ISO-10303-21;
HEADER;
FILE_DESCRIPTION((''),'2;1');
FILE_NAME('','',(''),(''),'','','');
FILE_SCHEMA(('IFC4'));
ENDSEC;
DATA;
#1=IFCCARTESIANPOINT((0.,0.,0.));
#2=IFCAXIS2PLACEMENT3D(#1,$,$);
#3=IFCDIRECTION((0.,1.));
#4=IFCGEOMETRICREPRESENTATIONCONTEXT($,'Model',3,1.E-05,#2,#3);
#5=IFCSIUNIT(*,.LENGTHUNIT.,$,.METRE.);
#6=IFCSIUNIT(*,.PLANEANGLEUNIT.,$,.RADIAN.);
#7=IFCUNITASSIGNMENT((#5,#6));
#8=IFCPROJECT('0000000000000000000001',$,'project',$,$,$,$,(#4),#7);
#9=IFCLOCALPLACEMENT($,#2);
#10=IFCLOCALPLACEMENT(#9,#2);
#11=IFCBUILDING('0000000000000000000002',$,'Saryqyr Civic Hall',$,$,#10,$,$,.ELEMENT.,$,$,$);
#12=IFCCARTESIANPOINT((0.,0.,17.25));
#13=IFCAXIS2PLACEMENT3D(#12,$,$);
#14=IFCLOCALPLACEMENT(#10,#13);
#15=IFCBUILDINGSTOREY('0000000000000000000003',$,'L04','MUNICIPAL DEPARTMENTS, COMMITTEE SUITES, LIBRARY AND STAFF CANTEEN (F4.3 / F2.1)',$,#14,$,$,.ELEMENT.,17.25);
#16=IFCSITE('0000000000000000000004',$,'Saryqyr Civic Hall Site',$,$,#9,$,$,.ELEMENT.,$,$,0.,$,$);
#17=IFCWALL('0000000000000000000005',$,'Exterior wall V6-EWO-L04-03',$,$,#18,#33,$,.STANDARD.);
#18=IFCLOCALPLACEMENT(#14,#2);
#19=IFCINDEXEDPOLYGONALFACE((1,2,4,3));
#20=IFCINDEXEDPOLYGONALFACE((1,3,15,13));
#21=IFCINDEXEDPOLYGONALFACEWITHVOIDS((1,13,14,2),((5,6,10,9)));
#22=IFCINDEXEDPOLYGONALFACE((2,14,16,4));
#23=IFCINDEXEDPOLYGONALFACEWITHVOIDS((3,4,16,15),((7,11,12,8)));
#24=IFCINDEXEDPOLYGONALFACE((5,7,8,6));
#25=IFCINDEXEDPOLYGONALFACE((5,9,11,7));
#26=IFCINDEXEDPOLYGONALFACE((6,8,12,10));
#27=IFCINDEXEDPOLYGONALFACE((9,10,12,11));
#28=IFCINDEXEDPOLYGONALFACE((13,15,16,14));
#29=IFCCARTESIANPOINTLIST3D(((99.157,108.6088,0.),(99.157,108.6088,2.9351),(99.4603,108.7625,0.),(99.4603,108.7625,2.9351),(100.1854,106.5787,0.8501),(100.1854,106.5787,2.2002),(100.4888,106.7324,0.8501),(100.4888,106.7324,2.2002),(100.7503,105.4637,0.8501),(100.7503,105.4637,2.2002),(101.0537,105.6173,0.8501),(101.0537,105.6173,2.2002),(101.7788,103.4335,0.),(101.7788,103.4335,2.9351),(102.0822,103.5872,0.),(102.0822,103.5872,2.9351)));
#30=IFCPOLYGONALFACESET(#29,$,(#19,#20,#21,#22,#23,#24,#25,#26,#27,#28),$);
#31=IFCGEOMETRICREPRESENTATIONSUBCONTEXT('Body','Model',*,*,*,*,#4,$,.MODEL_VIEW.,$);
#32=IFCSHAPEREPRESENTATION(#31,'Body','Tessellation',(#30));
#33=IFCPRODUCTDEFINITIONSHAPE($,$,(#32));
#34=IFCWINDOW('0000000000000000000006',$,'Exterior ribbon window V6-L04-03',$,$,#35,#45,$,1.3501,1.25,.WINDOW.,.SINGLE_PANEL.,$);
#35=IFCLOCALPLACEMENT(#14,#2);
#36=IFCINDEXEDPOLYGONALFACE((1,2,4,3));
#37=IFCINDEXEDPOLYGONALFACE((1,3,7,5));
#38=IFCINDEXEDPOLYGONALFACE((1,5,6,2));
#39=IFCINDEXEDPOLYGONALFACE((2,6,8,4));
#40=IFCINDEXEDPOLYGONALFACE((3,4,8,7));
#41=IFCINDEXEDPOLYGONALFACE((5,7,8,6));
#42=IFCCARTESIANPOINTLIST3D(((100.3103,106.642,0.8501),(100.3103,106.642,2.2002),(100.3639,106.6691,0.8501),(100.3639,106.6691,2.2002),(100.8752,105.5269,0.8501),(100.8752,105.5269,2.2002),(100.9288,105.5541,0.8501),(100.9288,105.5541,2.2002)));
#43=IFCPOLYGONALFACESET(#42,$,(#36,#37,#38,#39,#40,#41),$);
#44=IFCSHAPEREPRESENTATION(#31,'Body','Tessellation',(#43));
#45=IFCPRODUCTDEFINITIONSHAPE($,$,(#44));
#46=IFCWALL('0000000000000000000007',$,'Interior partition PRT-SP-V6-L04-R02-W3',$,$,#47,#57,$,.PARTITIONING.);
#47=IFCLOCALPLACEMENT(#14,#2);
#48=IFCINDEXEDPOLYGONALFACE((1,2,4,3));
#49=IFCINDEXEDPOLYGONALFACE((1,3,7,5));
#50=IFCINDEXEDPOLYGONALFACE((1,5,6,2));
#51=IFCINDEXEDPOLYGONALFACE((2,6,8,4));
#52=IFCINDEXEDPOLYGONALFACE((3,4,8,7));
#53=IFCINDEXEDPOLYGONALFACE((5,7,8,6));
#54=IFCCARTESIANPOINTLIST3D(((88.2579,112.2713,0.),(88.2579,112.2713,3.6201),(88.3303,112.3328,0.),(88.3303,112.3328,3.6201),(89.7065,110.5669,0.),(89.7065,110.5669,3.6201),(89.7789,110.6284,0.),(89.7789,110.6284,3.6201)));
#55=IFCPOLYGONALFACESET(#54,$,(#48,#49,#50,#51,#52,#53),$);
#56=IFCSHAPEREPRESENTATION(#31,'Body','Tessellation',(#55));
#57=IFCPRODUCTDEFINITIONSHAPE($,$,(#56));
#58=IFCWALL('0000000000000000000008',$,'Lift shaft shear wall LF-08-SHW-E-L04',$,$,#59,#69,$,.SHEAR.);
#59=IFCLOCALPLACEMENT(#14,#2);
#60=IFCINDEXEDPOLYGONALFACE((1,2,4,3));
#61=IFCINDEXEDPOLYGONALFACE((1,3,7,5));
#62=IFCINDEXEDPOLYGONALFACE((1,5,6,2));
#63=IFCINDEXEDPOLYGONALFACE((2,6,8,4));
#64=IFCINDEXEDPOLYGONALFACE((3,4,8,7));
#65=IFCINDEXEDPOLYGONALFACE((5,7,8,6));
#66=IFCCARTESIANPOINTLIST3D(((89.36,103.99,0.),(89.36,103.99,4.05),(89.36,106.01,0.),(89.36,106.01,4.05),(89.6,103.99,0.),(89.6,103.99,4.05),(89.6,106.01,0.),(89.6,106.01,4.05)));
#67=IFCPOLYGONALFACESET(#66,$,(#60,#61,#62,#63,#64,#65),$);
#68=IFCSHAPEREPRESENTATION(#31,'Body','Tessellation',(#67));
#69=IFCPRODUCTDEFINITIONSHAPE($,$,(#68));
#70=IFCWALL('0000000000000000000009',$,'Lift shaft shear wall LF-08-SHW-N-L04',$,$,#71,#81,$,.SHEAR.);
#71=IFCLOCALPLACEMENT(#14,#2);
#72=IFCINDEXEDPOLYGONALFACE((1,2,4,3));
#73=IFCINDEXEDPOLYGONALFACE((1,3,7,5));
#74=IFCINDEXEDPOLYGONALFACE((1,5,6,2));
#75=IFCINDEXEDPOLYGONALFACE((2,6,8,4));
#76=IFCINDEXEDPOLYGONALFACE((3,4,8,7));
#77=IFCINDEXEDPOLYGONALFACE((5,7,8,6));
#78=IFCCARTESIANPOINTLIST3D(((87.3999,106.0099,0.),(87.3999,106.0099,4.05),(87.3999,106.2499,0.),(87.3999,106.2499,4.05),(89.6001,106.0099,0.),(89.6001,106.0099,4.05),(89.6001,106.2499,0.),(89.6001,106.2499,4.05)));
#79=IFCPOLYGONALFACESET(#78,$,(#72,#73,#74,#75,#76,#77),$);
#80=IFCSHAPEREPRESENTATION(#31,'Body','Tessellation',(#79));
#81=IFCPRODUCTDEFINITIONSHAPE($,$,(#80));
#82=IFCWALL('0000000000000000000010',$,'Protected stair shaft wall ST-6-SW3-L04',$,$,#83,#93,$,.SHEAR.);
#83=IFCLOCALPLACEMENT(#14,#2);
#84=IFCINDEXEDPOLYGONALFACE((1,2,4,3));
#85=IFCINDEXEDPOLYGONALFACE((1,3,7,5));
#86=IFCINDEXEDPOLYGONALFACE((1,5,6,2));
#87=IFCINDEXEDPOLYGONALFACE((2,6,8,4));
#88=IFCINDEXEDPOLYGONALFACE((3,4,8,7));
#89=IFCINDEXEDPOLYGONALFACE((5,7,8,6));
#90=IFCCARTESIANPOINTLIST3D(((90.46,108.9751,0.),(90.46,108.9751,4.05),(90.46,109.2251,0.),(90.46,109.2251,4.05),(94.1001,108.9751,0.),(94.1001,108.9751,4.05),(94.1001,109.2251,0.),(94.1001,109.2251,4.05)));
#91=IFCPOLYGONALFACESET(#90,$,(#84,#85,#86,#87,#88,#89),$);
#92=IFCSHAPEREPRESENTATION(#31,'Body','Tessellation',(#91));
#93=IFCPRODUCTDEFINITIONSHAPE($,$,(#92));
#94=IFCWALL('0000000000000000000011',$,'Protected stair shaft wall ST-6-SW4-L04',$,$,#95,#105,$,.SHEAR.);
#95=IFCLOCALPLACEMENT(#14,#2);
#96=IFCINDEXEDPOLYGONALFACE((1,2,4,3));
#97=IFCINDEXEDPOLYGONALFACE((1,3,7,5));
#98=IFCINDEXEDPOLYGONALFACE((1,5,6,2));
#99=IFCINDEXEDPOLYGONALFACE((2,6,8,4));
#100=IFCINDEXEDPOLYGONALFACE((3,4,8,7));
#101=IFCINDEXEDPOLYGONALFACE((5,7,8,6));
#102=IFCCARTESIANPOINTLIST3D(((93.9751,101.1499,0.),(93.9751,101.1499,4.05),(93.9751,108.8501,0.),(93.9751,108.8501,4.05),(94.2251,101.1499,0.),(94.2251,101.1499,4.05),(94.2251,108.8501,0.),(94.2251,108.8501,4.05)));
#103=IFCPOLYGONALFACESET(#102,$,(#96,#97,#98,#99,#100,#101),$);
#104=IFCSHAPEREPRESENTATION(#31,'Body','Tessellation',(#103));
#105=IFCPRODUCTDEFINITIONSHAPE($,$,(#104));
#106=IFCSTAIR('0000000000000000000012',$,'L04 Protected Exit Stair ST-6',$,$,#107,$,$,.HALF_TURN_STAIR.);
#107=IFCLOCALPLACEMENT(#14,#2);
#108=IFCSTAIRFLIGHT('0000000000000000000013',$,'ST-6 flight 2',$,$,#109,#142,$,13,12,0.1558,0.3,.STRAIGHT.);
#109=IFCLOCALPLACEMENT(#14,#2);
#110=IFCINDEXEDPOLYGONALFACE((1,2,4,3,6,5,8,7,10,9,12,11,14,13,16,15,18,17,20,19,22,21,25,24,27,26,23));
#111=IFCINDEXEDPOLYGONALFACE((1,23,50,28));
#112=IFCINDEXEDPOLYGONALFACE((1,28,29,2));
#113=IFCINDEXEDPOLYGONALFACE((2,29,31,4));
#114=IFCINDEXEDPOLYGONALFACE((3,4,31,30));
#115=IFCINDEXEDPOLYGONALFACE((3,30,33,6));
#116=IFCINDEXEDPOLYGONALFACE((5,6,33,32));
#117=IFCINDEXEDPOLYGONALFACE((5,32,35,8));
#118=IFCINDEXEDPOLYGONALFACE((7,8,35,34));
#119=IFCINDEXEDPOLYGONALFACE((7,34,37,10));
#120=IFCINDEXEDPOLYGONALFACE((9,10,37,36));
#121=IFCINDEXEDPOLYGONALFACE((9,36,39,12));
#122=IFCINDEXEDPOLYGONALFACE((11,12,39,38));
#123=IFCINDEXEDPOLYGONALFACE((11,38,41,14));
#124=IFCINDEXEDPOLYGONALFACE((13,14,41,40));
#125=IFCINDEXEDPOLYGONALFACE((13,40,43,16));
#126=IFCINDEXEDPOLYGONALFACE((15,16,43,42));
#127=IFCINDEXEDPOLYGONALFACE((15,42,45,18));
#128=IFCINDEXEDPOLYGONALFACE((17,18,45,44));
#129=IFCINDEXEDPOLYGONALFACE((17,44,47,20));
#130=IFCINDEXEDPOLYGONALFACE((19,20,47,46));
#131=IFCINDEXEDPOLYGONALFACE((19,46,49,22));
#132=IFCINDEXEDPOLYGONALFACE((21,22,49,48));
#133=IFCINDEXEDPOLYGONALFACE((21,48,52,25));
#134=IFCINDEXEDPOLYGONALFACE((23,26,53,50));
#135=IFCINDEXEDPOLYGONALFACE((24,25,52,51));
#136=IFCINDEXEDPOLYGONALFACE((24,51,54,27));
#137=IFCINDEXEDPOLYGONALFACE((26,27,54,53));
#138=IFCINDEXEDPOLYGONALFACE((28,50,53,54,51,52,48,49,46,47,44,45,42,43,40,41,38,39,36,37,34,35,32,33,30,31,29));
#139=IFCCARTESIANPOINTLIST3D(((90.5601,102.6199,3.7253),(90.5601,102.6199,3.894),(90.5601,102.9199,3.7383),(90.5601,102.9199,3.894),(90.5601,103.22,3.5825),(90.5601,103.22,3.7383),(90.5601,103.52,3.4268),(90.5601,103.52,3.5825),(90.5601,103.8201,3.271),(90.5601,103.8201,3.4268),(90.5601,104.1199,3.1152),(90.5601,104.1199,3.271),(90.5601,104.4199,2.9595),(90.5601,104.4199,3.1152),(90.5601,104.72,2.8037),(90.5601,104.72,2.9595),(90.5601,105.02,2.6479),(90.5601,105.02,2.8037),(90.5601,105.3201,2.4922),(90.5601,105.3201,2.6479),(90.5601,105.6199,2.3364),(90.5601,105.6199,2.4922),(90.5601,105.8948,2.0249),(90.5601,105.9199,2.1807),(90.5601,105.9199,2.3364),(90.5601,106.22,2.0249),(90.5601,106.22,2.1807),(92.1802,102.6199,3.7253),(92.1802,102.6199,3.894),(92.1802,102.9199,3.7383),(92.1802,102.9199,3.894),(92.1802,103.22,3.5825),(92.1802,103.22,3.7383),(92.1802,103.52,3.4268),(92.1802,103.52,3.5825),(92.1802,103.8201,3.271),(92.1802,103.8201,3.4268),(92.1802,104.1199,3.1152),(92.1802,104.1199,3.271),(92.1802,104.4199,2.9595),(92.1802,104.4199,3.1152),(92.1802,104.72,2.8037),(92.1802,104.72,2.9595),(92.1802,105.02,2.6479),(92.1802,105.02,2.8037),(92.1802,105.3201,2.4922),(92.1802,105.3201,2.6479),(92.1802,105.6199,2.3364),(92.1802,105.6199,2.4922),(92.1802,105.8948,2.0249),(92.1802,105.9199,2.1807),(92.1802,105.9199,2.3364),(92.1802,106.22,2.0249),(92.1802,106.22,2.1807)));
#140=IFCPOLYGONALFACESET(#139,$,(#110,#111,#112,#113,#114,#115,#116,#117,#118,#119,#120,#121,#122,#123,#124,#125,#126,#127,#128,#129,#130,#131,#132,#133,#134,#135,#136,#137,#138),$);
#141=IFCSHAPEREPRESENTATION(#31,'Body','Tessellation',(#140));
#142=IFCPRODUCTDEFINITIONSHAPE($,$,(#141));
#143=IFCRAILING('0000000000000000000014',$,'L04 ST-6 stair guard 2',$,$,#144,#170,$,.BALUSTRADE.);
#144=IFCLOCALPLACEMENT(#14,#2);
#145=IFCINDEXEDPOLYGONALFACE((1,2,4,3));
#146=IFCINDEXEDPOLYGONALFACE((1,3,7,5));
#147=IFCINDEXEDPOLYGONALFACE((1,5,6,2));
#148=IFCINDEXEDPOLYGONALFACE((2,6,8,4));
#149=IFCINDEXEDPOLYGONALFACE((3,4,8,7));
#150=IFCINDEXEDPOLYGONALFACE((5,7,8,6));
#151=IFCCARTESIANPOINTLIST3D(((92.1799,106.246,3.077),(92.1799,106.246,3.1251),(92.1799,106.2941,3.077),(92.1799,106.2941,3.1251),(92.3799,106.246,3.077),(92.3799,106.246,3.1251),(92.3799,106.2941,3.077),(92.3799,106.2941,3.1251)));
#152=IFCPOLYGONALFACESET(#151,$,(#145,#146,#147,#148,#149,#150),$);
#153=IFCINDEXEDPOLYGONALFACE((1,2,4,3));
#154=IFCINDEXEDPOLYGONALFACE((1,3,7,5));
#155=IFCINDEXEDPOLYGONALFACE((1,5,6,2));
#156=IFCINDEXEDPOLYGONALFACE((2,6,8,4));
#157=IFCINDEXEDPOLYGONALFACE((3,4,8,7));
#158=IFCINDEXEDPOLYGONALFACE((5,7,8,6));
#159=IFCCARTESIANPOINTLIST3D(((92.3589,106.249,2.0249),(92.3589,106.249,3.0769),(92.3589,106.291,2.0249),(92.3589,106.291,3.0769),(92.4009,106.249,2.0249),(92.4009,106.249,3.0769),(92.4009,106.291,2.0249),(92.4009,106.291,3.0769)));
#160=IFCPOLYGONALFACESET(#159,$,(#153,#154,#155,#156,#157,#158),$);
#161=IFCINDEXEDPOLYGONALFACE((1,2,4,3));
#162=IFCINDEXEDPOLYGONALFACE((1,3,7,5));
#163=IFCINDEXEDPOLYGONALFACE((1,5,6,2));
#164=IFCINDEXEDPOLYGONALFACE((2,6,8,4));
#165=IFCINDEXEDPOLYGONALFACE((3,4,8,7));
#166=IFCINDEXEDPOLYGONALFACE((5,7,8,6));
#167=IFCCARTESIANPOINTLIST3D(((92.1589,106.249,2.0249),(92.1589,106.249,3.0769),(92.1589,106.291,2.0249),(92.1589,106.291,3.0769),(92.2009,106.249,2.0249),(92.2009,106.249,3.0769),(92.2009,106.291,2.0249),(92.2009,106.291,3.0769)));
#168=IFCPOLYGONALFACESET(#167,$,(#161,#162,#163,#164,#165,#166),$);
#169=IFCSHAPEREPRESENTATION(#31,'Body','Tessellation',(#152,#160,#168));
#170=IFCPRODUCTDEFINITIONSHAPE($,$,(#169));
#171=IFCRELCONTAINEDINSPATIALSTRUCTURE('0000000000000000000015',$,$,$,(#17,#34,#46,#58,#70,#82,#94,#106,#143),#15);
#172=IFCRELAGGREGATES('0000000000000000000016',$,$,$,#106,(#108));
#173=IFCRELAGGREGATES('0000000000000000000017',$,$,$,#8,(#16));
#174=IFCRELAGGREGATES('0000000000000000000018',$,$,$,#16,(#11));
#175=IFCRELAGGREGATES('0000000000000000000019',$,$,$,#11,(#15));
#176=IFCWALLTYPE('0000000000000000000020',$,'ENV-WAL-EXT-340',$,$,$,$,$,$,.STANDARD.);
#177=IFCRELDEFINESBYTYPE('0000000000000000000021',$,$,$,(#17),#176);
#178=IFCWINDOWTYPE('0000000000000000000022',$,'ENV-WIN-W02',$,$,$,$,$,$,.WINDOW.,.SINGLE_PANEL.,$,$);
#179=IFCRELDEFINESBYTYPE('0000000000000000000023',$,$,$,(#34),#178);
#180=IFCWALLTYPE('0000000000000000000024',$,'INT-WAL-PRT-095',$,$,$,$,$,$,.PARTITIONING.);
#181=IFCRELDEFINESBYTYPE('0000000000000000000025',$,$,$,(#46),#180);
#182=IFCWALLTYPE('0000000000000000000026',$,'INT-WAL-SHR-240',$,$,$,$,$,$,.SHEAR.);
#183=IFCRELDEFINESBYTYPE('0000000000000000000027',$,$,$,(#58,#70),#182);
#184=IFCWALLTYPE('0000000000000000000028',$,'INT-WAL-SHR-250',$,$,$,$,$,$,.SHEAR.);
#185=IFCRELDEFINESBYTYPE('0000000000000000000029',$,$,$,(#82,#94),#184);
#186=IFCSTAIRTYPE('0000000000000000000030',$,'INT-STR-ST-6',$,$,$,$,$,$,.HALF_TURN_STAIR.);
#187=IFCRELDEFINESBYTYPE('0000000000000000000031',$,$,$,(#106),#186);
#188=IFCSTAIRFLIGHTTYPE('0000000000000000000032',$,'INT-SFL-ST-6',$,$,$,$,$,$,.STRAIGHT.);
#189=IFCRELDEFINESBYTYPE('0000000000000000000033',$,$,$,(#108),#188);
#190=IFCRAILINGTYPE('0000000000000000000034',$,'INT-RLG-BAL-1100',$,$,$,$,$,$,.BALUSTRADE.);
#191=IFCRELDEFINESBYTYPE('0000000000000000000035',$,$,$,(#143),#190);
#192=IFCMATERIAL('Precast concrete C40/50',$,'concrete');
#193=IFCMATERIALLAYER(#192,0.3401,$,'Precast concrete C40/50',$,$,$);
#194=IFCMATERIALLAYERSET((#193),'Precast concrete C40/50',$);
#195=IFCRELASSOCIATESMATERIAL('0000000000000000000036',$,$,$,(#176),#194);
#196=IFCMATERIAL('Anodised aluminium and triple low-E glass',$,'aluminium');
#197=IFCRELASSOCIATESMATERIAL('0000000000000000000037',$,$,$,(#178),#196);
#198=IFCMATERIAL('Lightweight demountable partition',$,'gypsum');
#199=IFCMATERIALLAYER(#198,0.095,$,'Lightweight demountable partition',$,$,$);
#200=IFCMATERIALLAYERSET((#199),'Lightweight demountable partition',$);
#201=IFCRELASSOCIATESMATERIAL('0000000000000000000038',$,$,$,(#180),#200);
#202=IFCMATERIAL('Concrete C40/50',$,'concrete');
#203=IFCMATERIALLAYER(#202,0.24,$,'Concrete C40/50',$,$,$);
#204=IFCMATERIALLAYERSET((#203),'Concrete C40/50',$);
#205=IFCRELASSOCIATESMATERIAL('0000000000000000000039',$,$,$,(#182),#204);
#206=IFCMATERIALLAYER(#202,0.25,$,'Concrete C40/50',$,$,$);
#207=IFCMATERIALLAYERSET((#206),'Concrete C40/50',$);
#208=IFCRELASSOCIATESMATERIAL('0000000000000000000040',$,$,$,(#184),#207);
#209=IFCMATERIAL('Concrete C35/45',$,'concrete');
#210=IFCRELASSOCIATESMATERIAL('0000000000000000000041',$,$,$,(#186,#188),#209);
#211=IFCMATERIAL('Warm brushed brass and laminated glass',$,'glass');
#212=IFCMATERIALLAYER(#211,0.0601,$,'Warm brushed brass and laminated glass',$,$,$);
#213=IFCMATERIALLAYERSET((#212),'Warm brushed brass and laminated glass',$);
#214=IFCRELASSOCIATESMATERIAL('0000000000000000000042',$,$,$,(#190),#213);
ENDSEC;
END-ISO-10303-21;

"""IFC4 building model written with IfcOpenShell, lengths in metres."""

from ifc_helpers import new_model, si_unit, direction, frame, frame_2d, origin, origin_2d, place, context, subcontext, project, spatial, polyline, rectangle, outline, extrude, material, layer, layer_set, type_object, element, fill, aggregate, save


model = new_model("IFC4")

# Units and contexts
model_context = context("Model", 3, precision=1e-05, world=origin(), true_north=direction((0.0, 1.0)))
body_context = subcontext(model_context, "Body", "Model", "MODEL_VIEW")
ifc_project = project(units=[si_unit("LENGTHUNIT", "METRE"), si_unit("PLANEANGLEUNIT", "RADIAN")], contexts=[model_context])

# Site, building, storey
site_placement = place(None, origin())
site = spatial("IfcSite", under=ifc_project, at=site_placement, Name="Saryqyr Civic Hall Site", CompositionType="ELEMENT", RefElevation=0.0)
building_placement = place(site_placement, origin())
building = spatial("IfcBuilding", under=site, at=building_placement, Name="Saryqyr Civic Hall", CompositionType="ELEMENT")
storey_placement = place(building_placement, frame((0.0, 0.0, 17.25)))
storey = spatial("IfcBuildingStorey", under=building, at=storey_placement, Name="L04", Description="MUNICIPAL DEPARTMENTS, COMMITTEE SUITES, LIBRARY AND STAFF CANTEEN (F4.3 / F2.1)", CompositionType="ELEMENT", Elevation=17.25)

# Shared definitions
ifc_material_1 = material(Name="Concrete C40/50", Category="concrete")

# Shared definitions
ifc_material_2 = material(Name="Anodised aluminium and triple low-E glass", Category="aluminium")

# Shared definitions
ifc_material_3 = material(Name="Concrete C35/45", Category="concrete")

# Wall, opening, window
ifc_material_4 = material(Name="Precast concrete C40/50", Category="concrete")
ifc_layer_1 = layer(ifc_material_4, 0.3401, Name="Precast concrete C40/50")
ifc_layer_set_1 = layer_set([ifc_layer_1], Name="Precast concrete C40/50")
wall_type_1 = type_object("IfcWallType", Name="ENV-WAL-EXT-340", PredefinedType="STANDARD", material=ifc_layer_set_1)
wall_1_placement = place(storey_placement, frame((99.3086, 108.6858, 0.0), z_axis=(0.0, 0.0, 1.0), x_axis=(0.451921, -0.892058, 0.0)))
wall_1 = element("IfcWall", 1, at=wall_1_placement, inside=storey, type_object=wall_type_1, Name="Exterior wall V6-EWO-L04-03", PredefinedType="STANDARD", context=body_context, shape_type="SweptSolid", body=[
    extrude(rectangle(XDim=5.8015, YDim=0.3401, at=frame_2d((2.9009, 0.0))), origin(), (0.0, 0.0, 1.0), 2.9351),
])
opening_placement = place(wall_1_placement, frame((2.2759, 0.0, 0.8501)))
opening = element("IfcOpeningElement", 2, at=opening_placement, cuts=wall_1, PredefinedType="OPENING", context=body_context, shape_type="SweptSolid", body=[
    extrude(rectangle(XDim=1.25, YDim=1.3501, at=frame_2d((0.625, 0.675))), frame((0.0, 0.1799, 0.0), z_axis=(0.0, -1.0, 0.0), x_axis=(1.0, 0.0, 0.0)), (0.0, 0.0, 1.0), 0.3601),
])
window_type = type_object("IfcWindowType", Name="ENV-WIN-W02", PartitioningType="SINGLE_PANEL", PredefinedType="WINDOW", material=ifc_material_2)
window_placement = place(opening_placement, origin())
window = element("IfcWindow", 3, at=window_placement, inside=storey, type_object=window_type, Name="Exterior ribbon window V6-L04-03", OverallHeight=1.3501, OverallWidth=1.25, PartitioningType="SINGLE_PANEL", PredefinedType="WINDOW", context=body_context, shape_type="SweptSolid", body=[
    extrude(rectangle(XDim=1.25, YDim=1.3501, at=frame_2d((0.625, 0.675))), frame((0.0, 0.03, 0.0), z_axis=(0.0, -1.0, 0.0), x_axis=(1.0, 0.0, 0.0)), (0.0, 0.0, 1.0), 0.0601),
])
fill(opening, window)

# Walls
ifc_material_5 = material(Name="Lightweight demountable partition", Category="gypsum")
ifc_layer_2 = layer(ifc_material_5, 0.095, Name="Lightweight demountable partition")
ifc_layer_set_2 = layer_set([ifc_layer_2], Name="Lightweight demountable partition")
wall_type_2 = type_object("IfcWallType", Name="INT-WAL-PRT-095", PredefinedType="PARTITIONING", material=ifc_layer_set_2)
wall_2_placement = place(storey_placement, frame((89.7427, 110.5977, 0.0), z_axis=(0.0, 0.0, 1.0), x_axis=(-0.647595, 0.761985, 0.0)))
element("IfcWall", 4, at=wall_2_placement, inside=storey, type_object=wall_type_2, Name="Interior partition PRT-SP-V6-L04-R02-W3", PredefinedType="PARTITIONING", context=body_context, shape_type="SweptSolid", body=[
    extrude(rectangle(XDim=2.2368, YDim=0.095, at=frame_2d((1.1184, 0.0))), origin(), (0.0, 0.0, 1.0), 3.6201),
])
ifc_layer_3 = layer(ifc_material_1, 0.24, Name="Concrete C40/50")
ifc_layer_set_3 = layer_set([ifc_layer_3], Name="Concrete C40/50")
wall_type_3 = type_object("IfcWallType", Name="INT-WAL-SHR-240", PredefinedType="SHEAR", material=ifc_layer_set_3)
wall_3_placement = place(storey_placement, frame((89.48, 106.01, 0.0), z_axis=(0.0, 0.0, 1.0), x_axis=(0.0, -1.0, 0.0)))
element("IfcWall", 5, at=wall_3_placement, inside=storey, type_object=wall_type_3, Name="Lift shaft shear wall LF-08-SHW-E-L04", PredefinedType="SHEAR", context=body_context, shape_type="SweptSolid", body=[
    extrude(rectangle(XDim=2.02, YDim=0.24, at=frame_2d((1.01, 0.0))), origin(), (0.0, 0.0, 1.0), 4.05),
])
wall_4_placement = place(storey_placement, frame((87.3999, 106.1299, 0.0), z_axis=(0.0, 0.0, 1.0), x_axis=(1.0, 0.0, 0.0)))
element("IfcWall", 6, at=wall_4_placement, inside=storey, type_object=wall_type_3, Name="Lift shaft shear wall LF-08-SHW-N-L04", PredefinedType="SHEAR", context=body_context, shape_type="SweptSolid", body=[
    extrude(rectangle(XDim=2.2002, YDim=0.24, at=frame_2d((1.1001, 0.0))), origin(), (0.0, 0.0, 1.0), 4.05),
])
ifc_layer_4 = layer(ifc_material_1, 0.25, Name="Concrete C40/50")
ifc_layer_set_4 = layer_set([ifc_layer_4], Name="Concrete C40/50")
wall_type_4 = type_object("IfcWallType", Name="INT-WAL-SHR-250", PredefinedType="SHEAR", material=ifc_layer_set_4)
wall_5_placement = place(storey_placement, frame((90.46, 109.1001, 0.0), z_axis=(0.0, 0.0, 1.0), x_axis=(1.0, 0.0, 0.0)))
element("IfcWall", 7, at=wall_5_placement, inside=storey, type_object=wall_type_4, Name="Protected stair shaft wall ST-6-SW3-L04", PredefinedType="SHEAR", context=body_context, shape_type="SweptSolid", body=[
    extrude(rectangle(XDim=3.6401, YDim=0.25, at=frame_2d((1.8201, 0.0))), origin(), (0.0, 0.0, 1.0), 4.05),
])
wall_6_placement = place(storey_placement, frame((94.1001, 108.8501, 0.0), z_axis=(0.0, 0.0, 1.0), x_axis=(0.0, -1.0, 0.0)))
element("IfcWall", 8, at=wall_6_placement, inside=storey, type_object=wall_type_4, Name="Protected stair shaft wall ST-6-SW4-L04", PredefinedType="SHEAR", context=body_context, shape_type="SweptSolid", body=[
    extrude(rectangle(XDim=7.7002, YDim=0.25, at=frame_2d((3.8501, 0.0))), origin(), (0.0, 0.0, 1.0), 4.05),
])

# Stair, stair flight
stair_type = type_object("IfcStairType", Name="INT-STR-ST-6", PredefinedType="HALF_TURN_STAIR", material=ifc_material_3)
stair_placement = place(storey_placement, origin())
stair = element("IfcStair", 9, at=stair_placement, inside=storey, type_object=stair_type, Name="L04 Protected Exit Stair ST-6", PredefinedType="HALF_TURN_STAIR")
stair_flight_type = type_object("IfcStairFlightType", Name="INT-SFL-ST-6", PredefinedType="STRAIGHT", material=ifc_material_3)
stair_flight_placement = place(storey_placement, frame((91.3701, 106.22, 2.0249), z_axis=(0.0, 0.0, 1.0), x_axis=(0.0, -1.0, 0.0)))
stair_flight = element("IfcStairFlight", 10, at=stair_flight_placement, type_object=stair_flight_type, Name="ST-6 flight 2", NumberOfRisers=13, NumberOfTreads=12, PredefinedType="STRAIGHT", RiserHeight=0.1558, TreadLength=0.3, context=body_context, shape_type="SweptSolid", body=[
    extrude(outline(polyline([(0.0, 0.0), (0.0, 0.1558), (0.3, 0.1558), (0.3, 0.3115), (0.6001, 0.3115), (0.6001, 0.4673), (0.8999, 0.4673), (0.8999, 0.623), (1.2, 0.623), (1.2, 0.7788), (1.5, 0.7788), (1.5, 0.9346), (1.8, 0.9346), (1.8, 1.0903), (2.1001, 1.0903), (2.1001, 1.2461), (2.3999, 1.2461), (2.3999, 1.4019), (2.7, 1.4019), (2.7, 1.5576), (3.0, 1.5576), (3.0, 1.7134), (3.3, 1.7134), (3.3, 1.8691), (3.6001, 1.8691), (3.6001, 2.0249), (3.6001, 1.7004), (0.3252, 0.0), (0.0, 0.0)])), frame((0.0, 0.8101, 0.0), z_axis=(0.0, -1.0, 0.0), x_axis=(1.0, 0.0, 0.0)), (0.0, 0.0, 1.0), 1.6201),
])
aggregate(stair, [stair_flight])

# Railing
ifc_material_6 = material(Name="Warm brushed brass and laminated glass", Category="glass")
ifc_layer_5 = layer(ifc_material_6, 0.0601, Name="Warm brushed brass and laminated glass")
ifc_layer_set_5 = layer_set([ifc_layer_5], Name="Warm brushed brass and laminated glass")
railing_type_1 = type_object("IfcRailingType", Name="INT-RLG-BAL-1100", PredefinedType="BALUSTRADE", material=ifc_layer_set_5)
railing_1_placement = place(storey_placement, frame((92.3799, 106.27, 2.0249)))
element("IfcRailing", 11, at=railing_1_placement, inside=storey, type_object=railing_type_1, Name="L04 ST-6 stair guard 2", PredefinedType="BALUSTRADE", context=body_context, shape_type="SweptSolid", body=[
    extrude(rectangle(XDim=0.0481, YDim=0.0481, at=origin_2d()), frame((0.0, 0.0, 1.0762), z_axis=(-1.0, 0.0, 0.0), x_axis=(0.0, -1.0, 0.0)), (0.0, 0.0, 1.0), 0.2),
    extrude(rectangle(XDim=0.042, YDim=0.042, at=origin_2d()), origin(), (0.0, 0.0, 1.0), 1.052),
    extrude(rectangle(XDim=0.042, YDim=0.042, at=origin_2d()), frame((-0.2, 0.0, 0.0)), (0.0, 0.0, 1.0), 1.052),
])

save(model, "model.ifc")
